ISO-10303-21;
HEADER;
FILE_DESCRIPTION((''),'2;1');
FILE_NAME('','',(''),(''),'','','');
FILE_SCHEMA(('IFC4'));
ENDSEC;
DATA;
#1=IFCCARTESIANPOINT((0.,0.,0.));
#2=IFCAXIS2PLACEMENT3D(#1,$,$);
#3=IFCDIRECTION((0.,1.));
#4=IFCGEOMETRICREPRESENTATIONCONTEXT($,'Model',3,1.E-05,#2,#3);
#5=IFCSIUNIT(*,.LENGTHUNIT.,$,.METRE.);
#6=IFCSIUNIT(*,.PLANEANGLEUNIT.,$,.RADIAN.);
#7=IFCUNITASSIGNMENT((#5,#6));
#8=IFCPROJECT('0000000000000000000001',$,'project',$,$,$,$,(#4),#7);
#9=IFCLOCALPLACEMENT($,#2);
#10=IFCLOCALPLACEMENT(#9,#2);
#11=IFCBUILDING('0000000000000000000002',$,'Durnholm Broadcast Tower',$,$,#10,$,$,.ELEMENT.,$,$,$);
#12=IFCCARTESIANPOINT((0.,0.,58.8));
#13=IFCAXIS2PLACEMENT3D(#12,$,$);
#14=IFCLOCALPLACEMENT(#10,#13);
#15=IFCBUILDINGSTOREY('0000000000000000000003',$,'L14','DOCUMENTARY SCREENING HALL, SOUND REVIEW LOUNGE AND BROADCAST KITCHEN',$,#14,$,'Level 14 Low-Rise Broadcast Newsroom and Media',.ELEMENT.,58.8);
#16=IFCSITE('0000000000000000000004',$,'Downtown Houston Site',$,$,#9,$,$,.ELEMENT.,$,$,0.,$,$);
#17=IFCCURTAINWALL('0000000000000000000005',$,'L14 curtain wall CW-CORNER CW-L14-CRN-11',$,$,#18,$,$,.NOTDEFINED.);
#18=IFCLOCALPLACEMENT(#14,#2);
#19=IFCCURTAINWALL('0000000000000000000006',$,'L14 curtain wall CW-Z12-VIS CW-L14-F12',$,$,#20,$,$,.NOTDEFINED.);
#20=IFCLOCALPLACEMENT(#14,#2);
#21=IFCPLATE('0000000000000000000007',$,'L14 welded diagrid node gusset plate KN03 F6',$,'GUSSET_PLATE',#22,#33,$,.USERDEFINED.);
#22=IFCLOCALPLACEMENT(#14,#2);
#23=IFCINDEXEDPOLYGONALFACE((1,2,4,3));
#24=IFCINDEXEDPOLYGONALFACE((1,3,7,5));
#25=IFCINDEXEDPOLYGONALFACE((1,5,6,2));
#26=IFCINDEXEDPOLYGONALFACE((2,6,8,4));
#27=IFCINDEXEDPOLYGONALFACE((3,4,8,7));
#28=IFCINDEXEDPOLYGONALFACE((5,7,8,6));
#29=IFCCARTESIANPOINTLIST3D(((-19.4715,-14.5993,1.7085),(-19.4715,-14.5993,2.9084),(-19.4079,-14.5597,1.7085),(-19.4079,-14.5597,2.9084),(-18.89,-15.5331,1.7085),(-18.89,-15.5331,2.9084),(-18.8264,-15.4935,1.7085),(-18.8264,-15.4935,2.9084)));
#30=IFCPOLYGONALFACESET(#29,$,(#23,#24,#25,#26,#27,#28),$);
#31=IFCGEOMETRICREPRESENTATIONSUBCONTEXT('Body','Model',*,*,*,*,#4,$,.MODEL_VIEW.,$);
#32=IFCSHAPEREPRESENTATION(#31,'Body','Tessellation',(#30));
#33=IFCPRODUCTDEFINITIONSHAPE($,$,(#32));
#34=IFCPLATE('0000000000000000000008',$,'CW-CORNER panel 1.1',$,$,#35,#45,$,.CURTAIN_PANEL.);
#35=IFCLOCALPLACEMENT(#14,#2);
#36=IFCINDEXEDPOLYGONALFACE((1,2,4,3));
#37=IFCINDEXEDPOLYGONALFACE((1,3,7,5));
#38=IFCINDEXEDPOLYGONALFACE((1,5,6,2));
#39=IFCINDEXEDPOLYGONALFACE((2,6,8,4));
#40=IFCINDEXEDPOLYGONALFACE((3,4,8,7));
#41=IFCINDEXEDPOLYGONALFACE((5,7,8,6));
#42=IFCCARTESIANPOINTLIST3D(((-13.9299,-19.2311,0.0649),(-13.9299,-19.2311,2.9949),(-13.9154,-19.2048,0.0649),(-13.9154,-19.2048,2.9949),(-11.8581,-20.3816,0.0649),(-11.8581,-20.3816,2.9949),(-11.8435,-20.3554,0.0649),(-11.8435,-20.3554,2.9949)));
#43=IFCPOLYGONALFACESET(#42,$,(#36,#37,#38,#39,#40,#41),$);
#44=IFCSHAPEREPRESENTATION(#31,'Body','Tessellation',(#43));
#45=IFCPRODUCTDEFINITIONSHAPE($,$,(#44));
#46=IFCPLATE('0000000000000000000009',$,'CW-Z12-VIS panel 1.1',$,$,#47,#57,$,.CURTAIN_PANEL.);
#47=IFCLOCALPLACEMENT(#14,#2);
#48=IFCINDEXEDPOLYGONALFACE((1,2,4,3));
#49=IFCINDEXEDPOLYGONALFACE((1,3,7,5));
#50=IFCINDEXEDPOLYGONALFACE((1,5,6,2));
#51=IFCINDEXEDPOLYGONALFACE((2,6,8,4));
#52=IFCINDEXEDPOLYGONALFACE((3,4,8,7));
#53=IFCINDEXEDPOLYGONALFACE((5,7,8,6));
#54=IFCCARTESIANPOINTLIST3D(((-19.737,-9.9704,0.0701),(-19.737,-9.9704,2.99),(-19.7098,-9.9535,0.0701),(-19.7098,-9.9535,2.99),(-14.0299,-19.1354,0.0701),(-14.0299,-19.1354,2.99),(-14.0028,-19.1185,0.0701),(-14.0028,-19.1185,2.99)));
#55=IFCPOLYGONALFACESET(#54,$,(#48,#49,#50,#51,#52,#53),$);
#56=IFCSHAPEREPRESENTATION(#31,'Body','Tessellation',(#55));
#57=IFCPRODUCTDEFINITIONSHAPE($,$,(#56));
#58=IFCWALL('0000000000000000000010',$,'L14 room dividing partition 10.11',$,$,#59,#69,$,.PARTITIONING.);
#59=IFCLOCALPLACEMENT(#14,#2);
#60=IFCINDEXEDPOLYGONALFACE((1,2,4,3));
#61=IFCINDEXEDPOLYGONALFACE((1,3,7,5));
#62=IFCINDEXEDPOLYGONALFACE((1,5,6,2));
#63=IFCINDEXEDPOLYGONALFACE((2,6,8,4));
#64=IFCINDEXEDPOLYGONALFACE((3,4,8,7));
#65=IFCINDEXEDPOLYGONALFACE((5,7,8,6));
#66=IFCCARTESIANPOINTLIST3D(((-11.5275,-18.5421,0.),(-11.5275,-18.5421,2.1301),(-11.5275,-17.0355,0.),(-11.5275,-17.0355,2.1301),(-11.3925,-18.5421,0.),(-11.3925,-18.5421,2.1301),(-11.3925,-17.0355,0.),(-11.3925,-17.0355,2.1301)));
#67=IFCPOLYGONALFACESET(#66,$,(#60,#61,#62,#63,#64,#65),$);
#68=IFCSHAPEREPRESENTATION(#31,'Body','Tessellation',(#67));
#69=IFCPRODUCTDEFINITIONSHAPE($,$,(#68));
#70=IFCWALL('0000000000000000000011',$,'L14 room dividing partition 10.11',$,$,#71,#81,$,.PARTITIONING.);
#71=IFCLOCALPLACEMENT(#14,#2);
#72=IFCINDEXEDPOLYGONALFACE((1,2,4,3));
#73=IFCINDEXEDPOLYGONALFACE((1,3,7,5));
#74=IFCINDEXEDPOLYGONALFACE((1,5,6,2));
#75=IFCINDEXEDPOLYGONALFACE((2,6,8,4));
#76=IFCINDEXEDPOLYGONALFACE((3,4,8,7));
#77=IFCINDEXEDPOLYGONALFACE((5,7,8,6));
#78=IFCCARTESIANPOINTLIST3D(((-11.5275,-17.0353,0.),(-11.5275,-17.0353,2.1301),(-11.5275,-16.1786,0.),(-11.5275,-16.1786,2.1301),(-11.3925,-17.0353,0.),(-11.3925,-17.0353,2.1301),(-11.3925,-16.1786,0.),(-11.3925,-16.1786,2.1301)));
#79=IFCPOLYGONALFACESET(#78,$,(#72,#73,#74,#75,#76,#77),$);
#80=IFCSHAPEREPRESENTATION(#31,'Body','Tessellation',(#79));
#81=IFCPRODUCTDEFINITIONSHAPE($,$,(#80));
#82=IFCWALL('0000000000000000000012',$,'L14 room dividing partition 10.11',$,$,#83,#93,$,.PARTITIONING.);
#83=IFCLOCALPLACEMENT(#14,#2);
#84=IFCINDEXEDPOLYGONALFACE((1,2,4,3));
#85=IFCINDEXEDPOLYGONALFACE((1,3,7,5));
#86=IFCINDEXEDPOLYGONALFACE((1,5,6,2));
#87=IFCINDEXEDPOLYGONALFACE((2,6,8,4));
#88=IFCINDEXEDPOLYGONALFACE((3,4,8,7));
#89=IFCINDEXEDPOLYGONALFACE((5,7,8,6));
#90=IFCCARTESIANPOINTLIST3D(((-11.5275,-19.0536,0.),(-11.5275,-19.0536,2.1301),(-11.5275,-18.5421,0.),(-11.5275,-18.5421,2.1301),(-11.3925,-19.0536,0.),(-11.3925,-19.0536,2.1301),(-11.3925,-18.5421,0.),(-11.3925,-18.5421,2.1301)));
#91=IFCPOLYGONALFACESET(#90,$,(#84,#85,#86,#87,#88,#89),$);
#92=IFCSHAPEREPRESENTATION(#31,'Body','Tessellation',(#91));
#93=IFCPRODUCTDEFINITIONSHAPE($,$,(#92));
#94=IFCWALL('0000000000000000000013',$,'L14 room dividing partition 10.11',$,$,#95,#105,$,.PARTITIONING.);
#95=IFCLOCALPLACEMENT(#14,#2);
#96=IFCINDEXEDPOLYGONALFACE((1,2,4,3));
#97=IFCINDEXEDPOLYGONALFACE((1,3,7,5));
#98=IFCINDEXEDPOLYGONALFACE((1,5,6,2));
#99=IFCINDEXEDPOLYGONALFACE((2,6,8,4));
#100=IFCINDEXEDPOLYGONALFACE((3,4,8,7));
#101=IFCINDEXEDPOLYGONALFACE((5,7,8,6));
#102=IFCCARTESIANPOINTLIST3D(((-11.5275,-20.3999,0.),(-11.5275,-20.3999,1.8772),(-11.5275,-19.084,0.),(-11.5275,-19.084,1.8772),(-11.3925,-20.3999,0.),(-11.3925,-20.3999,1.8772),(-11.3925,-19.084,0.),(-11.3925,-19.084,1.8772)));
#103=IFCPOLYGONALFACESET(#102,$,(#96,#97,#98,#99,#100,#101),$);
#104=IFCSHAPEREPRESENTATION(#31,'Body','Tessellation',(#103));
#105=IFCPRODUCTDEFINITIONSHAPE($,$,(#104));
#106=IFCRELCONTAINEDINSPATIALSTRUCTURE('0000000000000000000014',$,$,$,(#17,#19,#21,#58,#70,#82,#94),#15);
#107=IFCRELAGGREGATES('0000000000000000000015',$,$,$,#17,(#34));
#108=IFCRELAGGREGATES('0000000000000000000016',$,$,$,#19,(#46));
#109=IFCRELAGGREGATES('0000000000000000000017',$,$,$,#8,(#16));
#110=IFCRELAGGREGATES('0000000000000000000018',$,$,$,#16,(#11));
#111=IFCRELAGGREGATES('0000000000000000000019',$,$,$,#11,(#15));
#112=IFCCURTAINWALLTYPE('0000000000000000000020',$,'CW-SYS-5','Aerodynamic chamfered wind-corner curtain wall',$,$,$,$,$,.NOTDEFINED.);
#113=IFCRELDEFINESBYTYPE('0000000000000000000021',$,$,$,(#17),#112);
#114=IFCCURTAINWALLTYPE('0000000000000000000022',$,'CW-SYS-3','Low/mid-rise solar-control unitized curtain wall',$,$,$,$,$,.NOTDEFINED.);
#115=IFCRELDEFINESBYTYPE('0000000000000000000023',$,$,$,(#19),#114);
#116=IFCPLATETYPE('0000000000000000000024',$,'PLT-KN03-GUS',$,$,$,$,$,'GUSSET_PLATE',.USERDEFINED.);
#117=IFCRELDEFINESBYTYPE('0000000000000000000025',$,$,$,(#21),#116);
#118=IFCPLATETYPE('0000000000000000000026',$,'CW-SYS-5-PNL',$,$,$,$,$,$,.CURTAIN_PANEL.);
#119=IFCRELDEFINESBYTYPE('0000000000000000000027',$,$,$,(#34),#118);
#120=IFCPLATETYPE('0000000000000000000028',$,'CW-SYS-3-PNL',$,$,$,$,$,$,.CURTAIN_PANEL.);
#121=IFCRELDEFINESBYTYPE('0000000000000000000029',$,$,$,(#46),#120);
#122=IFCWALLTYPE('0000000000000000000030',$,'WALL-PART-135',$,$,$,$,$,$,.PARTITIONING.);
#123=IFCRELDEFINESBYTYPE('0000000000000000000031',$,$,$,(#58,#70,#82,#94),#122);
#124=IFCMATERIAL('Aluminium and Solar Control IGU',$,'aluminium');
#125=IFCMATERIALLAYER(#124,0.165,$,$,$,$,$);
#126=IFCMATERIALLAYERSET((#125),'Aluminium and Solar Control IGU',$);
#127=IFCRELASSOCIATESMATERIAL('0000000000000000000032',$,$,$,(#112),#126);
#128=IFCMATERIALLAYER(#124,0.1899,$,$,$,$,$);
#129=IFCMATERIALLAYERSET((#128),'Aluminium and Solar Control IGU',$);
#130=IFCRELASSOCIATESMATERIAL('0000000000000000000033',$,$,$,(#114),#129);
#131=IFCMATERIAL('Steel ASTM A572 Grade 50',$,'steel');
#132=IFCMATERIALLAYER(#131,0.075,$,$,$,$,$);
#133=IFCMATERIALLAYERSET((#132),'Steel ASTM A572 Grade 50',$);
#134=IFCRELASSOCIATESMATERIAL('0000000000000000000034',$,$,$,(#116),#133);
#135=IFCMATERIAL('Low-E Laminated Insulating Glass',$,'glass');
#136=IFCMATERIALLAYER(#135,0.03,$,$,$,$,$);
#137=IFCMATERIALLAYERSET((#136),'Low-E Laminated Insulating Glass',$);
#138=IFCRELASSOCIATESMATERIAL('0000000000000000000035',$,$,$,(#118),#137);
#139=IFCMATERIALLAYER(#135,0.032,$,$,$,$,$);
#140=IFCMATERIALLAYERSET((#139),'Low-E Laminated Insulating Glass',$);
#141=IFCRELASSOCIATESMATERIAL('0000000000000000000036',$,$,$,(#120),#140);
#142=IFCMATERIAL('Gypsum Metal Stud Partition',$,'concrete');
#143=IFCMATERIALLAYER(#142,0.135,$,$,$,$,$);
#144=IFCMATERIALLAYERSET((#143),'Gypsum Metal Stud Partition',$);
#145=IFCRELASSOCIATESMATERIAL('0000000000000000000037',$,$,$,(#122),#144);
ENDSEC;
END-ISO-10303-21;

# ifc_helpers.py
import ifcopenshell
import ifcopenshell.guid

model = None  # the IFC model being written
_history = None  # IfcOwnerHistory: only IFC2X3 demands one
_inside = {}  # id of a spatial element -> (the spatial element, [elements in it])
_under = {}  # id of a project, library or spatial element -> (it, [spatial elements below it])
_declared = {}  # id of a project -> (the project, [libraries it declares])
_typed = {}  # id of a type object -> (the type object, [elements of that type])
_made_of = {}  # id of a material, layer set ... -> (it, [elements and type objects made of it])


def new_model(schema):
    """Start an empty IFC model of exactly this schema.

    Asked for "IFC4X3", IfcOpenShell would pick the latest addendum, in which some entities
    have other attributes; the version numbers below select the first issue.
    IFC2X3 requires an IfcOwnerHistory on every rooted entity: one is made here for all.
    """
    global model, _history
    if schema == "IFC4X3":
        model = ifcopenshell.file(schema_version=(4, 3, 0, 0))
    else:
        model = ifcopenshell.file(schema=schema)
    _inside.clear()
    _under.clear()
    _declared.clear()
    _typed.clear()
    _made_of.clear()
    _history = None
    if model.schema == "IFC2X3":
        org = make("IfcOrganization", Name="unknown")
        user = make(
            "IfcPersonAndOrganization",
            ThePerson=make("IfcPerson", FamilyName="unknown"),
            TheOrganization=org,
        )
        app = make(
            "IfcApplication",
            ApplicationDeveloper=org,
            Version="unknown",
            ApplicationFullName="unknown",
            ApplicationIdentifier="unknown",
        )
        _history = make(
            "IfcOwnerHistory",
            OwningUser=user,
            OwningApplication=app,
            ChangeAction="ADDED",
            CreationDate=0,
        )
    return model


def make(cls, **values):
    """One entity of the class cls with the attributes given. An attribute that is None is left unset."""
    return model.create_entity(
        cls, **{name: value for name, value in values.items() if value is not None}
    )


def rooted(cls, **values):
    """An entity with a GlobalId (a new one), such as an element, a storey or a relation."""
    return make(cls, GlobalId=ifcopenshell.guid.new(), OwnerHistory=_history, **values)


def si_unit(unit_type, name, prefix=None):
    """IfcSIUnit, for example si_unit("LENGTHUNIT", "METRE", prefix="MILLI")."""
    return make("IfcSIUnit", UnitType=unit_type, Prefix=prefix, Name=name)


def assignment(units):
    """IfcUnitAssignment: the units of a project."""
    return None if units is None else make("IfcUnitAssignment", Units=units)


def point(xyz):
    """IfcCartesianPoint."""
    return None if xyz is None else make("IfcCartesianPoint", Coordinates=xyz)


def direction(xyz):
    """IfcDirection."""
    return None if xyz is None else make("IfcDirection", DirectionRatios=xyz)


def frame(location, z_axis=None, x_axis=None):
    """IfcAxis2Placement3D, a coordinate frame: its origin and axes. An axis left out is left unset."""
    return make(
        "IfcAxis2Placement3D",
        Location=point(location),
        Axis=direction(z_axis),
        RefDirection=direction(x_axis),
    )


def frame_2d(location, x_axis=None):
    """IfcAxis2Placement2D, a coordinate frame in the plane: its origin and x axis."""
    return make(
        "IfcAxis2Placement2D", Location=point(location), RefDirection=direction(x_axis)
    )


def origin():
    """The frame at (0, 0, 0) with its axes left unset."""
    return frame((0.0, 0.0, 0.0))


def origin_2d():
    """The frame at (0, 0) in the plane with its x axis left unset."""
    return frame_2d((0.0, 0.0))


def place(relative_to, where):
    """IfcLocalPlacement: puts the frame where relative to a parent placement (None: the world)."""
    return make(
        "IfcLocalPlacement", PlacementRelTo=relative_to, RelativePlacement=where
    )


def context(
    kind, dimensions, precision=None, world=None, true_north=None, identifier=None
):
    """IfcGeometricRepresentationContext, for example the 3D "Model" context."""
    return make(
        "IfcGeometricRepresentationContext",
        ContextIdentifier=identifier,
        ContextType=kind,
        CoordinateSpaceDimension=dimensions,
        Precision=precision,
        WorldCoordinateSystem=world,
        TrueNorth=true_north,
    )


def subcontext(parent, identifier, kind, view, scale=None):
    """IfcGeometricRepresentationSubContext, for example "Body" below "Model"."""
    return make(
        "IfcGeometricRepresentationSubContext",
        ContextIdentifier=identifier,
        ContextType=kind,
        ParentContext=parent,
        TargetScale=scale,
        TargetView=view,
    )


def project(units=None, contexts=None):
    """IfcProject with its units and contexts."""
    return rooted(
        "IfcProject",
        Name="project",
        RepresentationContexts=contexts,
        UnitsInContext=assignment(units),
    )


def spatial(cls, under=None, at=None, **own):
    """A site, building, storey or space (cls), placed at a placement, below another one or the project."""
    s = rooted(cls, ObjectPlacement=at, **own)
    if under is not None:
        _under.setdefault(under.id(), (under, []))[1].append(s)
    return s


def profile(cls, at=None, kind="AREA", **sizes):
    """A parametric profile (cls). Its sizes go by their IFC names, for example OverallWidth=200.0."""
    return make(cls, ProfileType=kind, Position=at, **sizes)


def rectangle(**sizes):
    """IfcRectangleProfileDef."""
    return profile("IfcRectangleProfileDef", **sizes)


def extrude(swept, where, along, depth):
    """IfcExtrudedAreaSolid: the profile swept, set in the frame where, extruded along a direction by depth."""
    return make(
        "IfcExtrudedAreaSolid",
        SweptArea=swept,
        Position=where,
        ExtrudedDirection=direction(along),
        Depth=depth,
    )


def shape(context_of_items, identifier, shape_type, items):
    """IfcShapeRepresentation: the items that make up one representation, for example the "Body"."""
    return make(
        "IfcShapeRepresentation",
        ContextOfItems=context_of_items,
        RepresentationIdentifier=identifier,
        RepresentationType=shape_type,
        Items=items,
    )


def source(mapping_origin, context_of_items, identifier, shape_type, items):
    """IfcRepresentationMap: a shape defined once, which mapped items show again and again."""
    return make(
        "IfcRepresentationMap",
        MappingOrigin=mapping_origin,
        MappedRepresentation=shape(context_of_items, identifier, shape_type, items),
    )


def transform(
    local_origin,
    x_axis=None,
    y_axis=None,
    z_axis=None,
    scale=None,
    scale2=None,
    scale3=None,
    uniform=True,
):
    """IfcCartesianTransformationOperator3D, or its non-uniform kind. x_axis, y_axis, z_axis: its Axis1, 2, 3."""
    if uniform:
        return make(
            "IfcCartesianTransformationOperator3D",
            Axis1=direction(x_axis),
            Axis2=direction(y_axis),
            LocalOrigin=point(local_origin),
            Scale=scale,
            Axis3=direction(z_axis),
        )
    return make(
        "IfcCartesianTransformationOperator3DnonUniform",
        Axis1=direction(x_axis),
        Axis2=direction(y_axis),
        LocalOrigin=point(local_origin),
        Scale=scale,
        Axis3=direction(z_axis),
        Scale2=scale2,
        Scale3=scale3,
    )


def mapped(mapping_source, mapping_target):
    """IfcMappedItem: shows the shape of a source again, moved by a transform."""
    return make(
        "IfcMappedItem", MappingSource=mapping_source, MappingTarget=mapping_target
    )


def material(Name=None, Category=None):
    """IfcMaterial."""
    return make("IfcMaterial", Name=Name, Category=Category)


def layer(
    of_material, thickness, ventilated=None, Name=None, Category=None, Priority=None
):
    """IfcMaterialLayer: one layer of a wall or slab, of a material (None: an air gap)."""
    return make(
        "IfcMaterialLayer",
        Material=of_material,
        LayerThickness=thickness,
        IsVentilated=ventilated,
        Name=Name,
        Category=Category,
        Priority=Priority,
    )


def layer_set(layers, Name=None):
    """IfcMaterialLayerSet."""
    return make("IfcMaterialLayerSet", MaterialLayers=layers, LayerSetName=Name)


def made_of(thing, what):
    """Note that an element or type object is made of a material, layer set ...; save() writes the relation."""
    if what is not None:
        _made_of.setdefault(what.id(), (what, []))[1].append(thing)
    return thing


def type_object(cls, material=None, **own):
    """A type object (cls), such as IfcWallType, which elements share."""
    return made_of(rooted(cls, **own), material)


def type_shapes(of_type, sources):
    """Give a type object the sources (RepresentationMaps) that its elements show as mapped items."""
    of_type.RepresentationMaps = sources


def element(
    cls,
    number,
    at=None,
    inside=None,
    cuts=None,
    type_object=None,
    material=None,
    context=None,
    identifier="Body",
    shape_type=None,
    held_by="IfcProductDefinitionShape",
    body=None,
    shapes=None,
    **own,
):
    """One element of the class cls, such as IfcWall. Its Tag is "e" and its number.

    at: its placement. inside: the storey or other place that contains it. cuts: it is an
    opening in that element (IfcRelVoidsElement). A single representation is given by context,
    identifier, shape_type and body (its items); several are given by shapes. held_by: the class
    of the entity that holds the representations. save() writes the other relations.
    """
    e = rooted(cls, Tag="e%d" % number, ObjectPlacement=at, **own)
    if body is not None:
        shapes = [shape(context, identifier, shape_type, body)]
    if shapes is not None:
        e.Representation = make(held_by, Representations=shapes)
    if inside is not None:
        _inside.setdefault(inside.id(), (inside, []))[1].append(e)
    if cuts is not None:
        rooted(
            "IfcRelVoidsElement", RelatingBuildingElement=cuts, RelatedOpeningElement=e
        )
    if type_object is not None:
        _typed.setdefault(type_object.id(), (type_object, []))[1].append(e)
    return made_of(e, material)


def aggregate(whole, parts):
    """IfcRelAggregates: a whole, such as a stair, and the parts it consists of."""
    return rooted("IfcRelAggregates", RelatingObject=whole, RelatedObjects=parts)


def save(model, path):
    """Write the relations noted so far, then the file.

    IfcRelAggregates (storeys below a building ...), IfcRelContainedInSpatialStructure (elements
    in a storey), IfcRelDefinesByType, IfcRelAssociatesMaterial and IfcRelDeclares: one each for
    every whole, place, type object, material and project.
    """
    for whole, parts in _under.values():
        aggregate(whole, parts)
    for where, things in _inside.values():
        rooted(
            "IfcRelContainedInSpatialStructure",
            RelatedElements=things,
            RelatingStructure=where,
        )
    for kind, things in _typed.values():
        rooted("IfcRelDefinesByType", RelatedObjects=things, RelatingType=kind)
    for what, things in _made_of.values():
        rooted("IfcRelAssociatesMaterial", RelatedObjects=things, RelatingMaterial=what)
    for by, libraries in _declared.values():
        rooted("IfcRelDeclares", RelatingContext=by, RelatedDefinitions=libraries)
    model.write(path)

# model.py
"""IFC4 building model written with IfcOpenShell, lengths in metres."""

from ifc_helpers import new_model, si_unit, direction, frame, frame_2d, origin, origin_2d, place, context, subcontext, project, spatial, rectangle, extrude, source, transform, mapped, material, layer, layer_set, type_object, type_shapes, element, aggregate, save


model = new_model("IFC4")

# Units and contexts
model_context = context("Model", 3, precision=1e-05, world=origin(), true_north=direction((0.0, 1.0)))
body_context = subcontext(model_context, "Body", "Model", "MODEL_VIEW")
ifc_project = project(units=[si_unit("LENGTHUNIT", "METRE"), si_unit("PLANEANGLEUNIT", "RADIAN")], contexts=[model_context])

# Site, building, storey
site_placement = place(None, origin())
site = spatial("IfcSite", under=ifc_project, at=site_placement, Name="Downtown Houston Site", CompositionType="ELEMENT", RefElevation=0.0)
building_placement = place(site_placement, origin())
building = spatial("IfcBuilding", under=site, at=building_placement, Name="Durnholm Broadcast Tower", CompositionType="ELEMENT")
storey_placement = place(building_placement, frame((0.0, 0.0, 58.8)))
storey = spatial("IfcBuildingStorey", under=building, at=storey_placement, Name="L14", Description="DOCUMENTARY SCREENING HALL, SOUND REVIEW LOUNGE AND BROADCAST KITCHEN", LongName="Level 14 Low-Rise Broadcast Newsroom and Media", CompositionType="ELEMENT", Elevation=58.8)

# Curtain wall
ifc_material_1 = material(Name="Aluminium and Solar Control IGU", Category="aluminium")
ifc_layer_1 = layer(ifc_material_1, 0.165)
ifc_layer_set_1 = layer_set([ifc_layer_1], Name="Aluminium and Solar Control IGU")
curtain_wall_type_1 = type_object("IfcCurtainWallType", Name="CW-SYS-5", Description="Aerodynamic chamfered wind-corner curtain wall", PredefinedType="NOTDEFINED", material=ifc_layer_set_1)
curtain_wall_1_placement = place(storey_placement, origin())
curtain_wall_1 = element("IfcCurtainWall", 1, at=curtain_wall_1_placement, inside=storey, type_object=curtain_wall_type_1, Name="L14 curtain wall CW-CORNER CW-L14-CRN-11", PredefinedType="NOTDEFINED")

# Shared definitions
ifc_layer_2 = layer(ifc_material_1, 0.1899)
ifc_layer_set_2 = layer_set([ifc_layer_2], Name="Aluminium and Solar Control IGU")
curtain_wall_type_2 = type_object("IfcCurtainWallType", Name="CW-SYS-3", Description="Low/mid-rise solar-control unitized curtain wall", PredefinedType="NOTDEFINED", material=ifc_layer_set_2)

# Curtain wall
curtain_wall_2_placement = place(storey_placement, origin())
curtain_wall_2 = element("IfcCurtainWall", 2, at=curtain_wall_2_placement, inside=storey, type_object=curtain_wall_type_2, Name="L14 curtain wall CW-Z12-VIS CW-L14-F12", PredefinedType="NOTDEFINED")

# Plates
ifc_material_2 = material(Name="Steel ASTM A572 Grade 50", Category="steel")
ifc_layer_3 = layer(ifc_material_2, 0.075)
ifc_layer_set_3 = layer_set([ifc_layer_3], Name="Steel ASTM A572 Grade 50")
plate_type_1 = type_object("IfcPlateType", Name="PLT-KN03-GUS", ElementType="GUSSET_PLATE", PredefinedType="USERDEFINED", material=ifc_layer_set_3)
shared_shape_1 = source(origin(), body_context, "Body", "SweptSolid", [
    extrude(rectangle(XDim=1.1001, YDim=0.075, at=origin_2d()), origin(), (0.0, 0.0, 1.0), 1.2),
])
type_shapes(plate_type_1, [shared_shape_1])
plate_1_placement = place(storey_placement, frame((-19.1489, -15.0464, 1.7085), z_axis=(0.0, 0.0, 1.0), x_axis=(0.528587, -0.848879, 0.0)))
element("IfcPlate", 3, at=plate_1_placement, inside=storey, type_object=plate_type_1, Name="L14 welded diagrid node gusset plate KN03 F6", ObjectType="GUSSET_PLATE", PredefinedType="USERDEFINED", context=body_context, shape_type="MappedRepresentation", body=[
    mapped(shared_shape_1, transform((0.0, 0.0, 0.0), x_axis=(1.0, 0.0, 0.0), y_axis=(0.0, 1.0, 0.0), z_axis=(0.0, 0.0, 1.0), scale=1.0)),
])
ifc_material_3 = material(Name="Low-E Laminated Insulating Glass", Category="glass")
ifc_layer_4 = layer(ifc_material_3, 0.03)
ifc_layer_set_4 = layer_set([ifc_layer_4], Name="Low-E Laminated Insulating Glass")
plate_type_2 = type_object("IfcPlateType", Name="CW-SYS-5-PNL", PredefinedType="CURTAIN_PANEL", material=ifc_layer_set_4)
shared_shape_2 = source(origin(), body_context, "Body", "SweptSolid", [
    extrude(rectangle(XDim=2.3699, YDim=0.03, at=origin_2d()), origin(), (0.0, 0.0, 1.0), 2.9299),
])
type_shapes(plate_type_2, [shared_shape_2])
plate_2_placement = place(storey_placement, frame((-12.8867, -19.7932, 0.0649), z_axis=(0.0, 0.0, 1.0), x_axis=(-0.874246, 0.485483, 0.0)))
plate_2 = element("IfcPlate", 4, at=plate_2_placement, type_object=plate_type_2, Name="CW-CORNER panel 1.1", PredefinedType="CURTAIN_PANEL", context=body_context, shape_type="MappedRepresentation", body=[
    mapped(shared_shape_2, transform((0.0, 0.0, 0.0), x_axis=(1.0, 0.0, 0.0), y_axis=(0.0, 1.0, 0.0), z_axis=(0.0, 0.0, 1.0), scale=1.0)),
])
aggregate(curtain_wall_1, [plate_2])
ifc_layer_5 = layer(ifc_material_3, 0.032)
ifc_layer_set_5 = layer_set([ifc_layer_5], Name="Low-E Laminated Insulating Glass")
plate_type_3 = type_object("IfcPlateType", Name="CW-SYS-3-PNL", PredefinedType="CURTAIN_PANEL", material=ifc_layer_set_5)
shared_shape_3 = source(origin(), body_context, "Body", "SweptSolid", [
    extrude(rectangle(XDim=10.7966, YDim=0.032, at=origin_2d()), origin(), (0.0, 0.0, 1.0), 2.9199),
])
type_shapes(plate_type_3, [shared_shape_3])
plate_3_placement = place(storey_placement, frame((-16.8699, -14.5444, 0.0701), z_axis=(0.0, 0.0, 1.0), x_axis=(-0.528592, 0.848876, 0.0)))
plate_3 = element("IfcPlate", 5, at=plate_3_placement, type_object=plate_type_3, Name="CW-Z12-VIS panel 1.1", PredefinedType="CURTAIN_PANEL", context=body_context, shape_type="MappedRepresentation", body=[
    mapped(shared_shape_3, transform((0.0, 0.0, 0.0), x_axis=(1.0, 0.0, 0.0), y_axis=(0.0, 1.0, 0.0), z_axis=(0.0, 0.0, 1.0), scale=1.0)),
])
aggregate(curtain_wall_2, [plate_3])

# Walls
ifc_material_4 = material(Name="Gypsum Metal Stud Partition", Category="concrete")
ifc_layer_6 = layer(ifc_material_4, 0.135)
ifc_layer_set_6 = layer_set([ifc_layer_6], Name="Gypsum Metal Stud Partition")
wall_type = type_object("IfcWallType", Name="WALL-PART-135", PredefinedType="PARTITIONING", material=ifc_layer_set_6)
wall_1_placement = place(storey_placement, frame((-11.46, -17.0354, 0.0), z_axis=(0.0, 0.0, 1.0), x_axis=(0.0, -1.0, 0.0)))
element("IfcWall", 6, at=wall_1_placement, inside=storey, type_object=wall_type, Name="L14 room dividing partition 10.11", PredefinedType="PARTITIONING", context=body_context, shape_type="SweptSolid", body=[
    extrude(rectangle(XDim=1.5066, YDim=0.135, at=frame_2d((0.7534, 0.0))), origin(), (0.0, 0.0, 1.0), 2.1301),
])
wall_2_placement = place(storey_placement, frame((-11.46, -16.1787, 0.0), z_axis=(0.0, 0.0, 1.0), x_axis=(0.0, -1.0, 0.0)))
element("IfcWall", 7, at=wall_2_placement, inside=storey, type_object=wall_type, Name="L14 room dividing partition 10.11", PredefinedType="PARTITIONING", context=body_context, shape_type="SweptSolid", body=[
    extrude(rectangle(XDim=0.8567, YDim=0.135, at=frame_2d((0.4282, 0.0))), origin(), (0.0, 0.0, 1.0), 2.1301),
])
wall_3_placement = place(storey_placement, frame((-11.46, -18.542, 0.0), z_axis=(0.0, 0.0, 1.0), x_axis=(0.0, -1.0, 0.0)))
element("IfcWall", 8, at=wall_3_placement, inside=storey, type_object=wall_type, Name="L14 room dividing partition 10.11", PredefinedType="PARTITIONING", context=body_context, shape_type="SweptSolid", body=[
    extrude(rectangle(XDim=0.5115, YDim=0.135, at=frame_2d((0.2559, 0.0))), origin(), (0.0, 0.0, 1.0), 2.1301),
])
wall_4_placement = place(storey_placement, frame((-11.46, -19.084, 0.0), z_axis=(0.0, 0.0, 1.0), x_axis=(0.0, -1.0, 0.0)))
element("IfcWall", 9, at=wall_4_placement, inside=storey, type_object=wall_type, Name="L14 room dividing partition 10.11", PredefinedType="PARTITIONING", context=body_context, shape_type="SweptSolid", body=[
    extrude(rectangle(XDim=1.3159, YDim=0.135, at=frame_2d((0.658, 0.0))), origin(), (0.0, 0.0, 1.0), 1.8772),
])

save(model, "model.ifc")
